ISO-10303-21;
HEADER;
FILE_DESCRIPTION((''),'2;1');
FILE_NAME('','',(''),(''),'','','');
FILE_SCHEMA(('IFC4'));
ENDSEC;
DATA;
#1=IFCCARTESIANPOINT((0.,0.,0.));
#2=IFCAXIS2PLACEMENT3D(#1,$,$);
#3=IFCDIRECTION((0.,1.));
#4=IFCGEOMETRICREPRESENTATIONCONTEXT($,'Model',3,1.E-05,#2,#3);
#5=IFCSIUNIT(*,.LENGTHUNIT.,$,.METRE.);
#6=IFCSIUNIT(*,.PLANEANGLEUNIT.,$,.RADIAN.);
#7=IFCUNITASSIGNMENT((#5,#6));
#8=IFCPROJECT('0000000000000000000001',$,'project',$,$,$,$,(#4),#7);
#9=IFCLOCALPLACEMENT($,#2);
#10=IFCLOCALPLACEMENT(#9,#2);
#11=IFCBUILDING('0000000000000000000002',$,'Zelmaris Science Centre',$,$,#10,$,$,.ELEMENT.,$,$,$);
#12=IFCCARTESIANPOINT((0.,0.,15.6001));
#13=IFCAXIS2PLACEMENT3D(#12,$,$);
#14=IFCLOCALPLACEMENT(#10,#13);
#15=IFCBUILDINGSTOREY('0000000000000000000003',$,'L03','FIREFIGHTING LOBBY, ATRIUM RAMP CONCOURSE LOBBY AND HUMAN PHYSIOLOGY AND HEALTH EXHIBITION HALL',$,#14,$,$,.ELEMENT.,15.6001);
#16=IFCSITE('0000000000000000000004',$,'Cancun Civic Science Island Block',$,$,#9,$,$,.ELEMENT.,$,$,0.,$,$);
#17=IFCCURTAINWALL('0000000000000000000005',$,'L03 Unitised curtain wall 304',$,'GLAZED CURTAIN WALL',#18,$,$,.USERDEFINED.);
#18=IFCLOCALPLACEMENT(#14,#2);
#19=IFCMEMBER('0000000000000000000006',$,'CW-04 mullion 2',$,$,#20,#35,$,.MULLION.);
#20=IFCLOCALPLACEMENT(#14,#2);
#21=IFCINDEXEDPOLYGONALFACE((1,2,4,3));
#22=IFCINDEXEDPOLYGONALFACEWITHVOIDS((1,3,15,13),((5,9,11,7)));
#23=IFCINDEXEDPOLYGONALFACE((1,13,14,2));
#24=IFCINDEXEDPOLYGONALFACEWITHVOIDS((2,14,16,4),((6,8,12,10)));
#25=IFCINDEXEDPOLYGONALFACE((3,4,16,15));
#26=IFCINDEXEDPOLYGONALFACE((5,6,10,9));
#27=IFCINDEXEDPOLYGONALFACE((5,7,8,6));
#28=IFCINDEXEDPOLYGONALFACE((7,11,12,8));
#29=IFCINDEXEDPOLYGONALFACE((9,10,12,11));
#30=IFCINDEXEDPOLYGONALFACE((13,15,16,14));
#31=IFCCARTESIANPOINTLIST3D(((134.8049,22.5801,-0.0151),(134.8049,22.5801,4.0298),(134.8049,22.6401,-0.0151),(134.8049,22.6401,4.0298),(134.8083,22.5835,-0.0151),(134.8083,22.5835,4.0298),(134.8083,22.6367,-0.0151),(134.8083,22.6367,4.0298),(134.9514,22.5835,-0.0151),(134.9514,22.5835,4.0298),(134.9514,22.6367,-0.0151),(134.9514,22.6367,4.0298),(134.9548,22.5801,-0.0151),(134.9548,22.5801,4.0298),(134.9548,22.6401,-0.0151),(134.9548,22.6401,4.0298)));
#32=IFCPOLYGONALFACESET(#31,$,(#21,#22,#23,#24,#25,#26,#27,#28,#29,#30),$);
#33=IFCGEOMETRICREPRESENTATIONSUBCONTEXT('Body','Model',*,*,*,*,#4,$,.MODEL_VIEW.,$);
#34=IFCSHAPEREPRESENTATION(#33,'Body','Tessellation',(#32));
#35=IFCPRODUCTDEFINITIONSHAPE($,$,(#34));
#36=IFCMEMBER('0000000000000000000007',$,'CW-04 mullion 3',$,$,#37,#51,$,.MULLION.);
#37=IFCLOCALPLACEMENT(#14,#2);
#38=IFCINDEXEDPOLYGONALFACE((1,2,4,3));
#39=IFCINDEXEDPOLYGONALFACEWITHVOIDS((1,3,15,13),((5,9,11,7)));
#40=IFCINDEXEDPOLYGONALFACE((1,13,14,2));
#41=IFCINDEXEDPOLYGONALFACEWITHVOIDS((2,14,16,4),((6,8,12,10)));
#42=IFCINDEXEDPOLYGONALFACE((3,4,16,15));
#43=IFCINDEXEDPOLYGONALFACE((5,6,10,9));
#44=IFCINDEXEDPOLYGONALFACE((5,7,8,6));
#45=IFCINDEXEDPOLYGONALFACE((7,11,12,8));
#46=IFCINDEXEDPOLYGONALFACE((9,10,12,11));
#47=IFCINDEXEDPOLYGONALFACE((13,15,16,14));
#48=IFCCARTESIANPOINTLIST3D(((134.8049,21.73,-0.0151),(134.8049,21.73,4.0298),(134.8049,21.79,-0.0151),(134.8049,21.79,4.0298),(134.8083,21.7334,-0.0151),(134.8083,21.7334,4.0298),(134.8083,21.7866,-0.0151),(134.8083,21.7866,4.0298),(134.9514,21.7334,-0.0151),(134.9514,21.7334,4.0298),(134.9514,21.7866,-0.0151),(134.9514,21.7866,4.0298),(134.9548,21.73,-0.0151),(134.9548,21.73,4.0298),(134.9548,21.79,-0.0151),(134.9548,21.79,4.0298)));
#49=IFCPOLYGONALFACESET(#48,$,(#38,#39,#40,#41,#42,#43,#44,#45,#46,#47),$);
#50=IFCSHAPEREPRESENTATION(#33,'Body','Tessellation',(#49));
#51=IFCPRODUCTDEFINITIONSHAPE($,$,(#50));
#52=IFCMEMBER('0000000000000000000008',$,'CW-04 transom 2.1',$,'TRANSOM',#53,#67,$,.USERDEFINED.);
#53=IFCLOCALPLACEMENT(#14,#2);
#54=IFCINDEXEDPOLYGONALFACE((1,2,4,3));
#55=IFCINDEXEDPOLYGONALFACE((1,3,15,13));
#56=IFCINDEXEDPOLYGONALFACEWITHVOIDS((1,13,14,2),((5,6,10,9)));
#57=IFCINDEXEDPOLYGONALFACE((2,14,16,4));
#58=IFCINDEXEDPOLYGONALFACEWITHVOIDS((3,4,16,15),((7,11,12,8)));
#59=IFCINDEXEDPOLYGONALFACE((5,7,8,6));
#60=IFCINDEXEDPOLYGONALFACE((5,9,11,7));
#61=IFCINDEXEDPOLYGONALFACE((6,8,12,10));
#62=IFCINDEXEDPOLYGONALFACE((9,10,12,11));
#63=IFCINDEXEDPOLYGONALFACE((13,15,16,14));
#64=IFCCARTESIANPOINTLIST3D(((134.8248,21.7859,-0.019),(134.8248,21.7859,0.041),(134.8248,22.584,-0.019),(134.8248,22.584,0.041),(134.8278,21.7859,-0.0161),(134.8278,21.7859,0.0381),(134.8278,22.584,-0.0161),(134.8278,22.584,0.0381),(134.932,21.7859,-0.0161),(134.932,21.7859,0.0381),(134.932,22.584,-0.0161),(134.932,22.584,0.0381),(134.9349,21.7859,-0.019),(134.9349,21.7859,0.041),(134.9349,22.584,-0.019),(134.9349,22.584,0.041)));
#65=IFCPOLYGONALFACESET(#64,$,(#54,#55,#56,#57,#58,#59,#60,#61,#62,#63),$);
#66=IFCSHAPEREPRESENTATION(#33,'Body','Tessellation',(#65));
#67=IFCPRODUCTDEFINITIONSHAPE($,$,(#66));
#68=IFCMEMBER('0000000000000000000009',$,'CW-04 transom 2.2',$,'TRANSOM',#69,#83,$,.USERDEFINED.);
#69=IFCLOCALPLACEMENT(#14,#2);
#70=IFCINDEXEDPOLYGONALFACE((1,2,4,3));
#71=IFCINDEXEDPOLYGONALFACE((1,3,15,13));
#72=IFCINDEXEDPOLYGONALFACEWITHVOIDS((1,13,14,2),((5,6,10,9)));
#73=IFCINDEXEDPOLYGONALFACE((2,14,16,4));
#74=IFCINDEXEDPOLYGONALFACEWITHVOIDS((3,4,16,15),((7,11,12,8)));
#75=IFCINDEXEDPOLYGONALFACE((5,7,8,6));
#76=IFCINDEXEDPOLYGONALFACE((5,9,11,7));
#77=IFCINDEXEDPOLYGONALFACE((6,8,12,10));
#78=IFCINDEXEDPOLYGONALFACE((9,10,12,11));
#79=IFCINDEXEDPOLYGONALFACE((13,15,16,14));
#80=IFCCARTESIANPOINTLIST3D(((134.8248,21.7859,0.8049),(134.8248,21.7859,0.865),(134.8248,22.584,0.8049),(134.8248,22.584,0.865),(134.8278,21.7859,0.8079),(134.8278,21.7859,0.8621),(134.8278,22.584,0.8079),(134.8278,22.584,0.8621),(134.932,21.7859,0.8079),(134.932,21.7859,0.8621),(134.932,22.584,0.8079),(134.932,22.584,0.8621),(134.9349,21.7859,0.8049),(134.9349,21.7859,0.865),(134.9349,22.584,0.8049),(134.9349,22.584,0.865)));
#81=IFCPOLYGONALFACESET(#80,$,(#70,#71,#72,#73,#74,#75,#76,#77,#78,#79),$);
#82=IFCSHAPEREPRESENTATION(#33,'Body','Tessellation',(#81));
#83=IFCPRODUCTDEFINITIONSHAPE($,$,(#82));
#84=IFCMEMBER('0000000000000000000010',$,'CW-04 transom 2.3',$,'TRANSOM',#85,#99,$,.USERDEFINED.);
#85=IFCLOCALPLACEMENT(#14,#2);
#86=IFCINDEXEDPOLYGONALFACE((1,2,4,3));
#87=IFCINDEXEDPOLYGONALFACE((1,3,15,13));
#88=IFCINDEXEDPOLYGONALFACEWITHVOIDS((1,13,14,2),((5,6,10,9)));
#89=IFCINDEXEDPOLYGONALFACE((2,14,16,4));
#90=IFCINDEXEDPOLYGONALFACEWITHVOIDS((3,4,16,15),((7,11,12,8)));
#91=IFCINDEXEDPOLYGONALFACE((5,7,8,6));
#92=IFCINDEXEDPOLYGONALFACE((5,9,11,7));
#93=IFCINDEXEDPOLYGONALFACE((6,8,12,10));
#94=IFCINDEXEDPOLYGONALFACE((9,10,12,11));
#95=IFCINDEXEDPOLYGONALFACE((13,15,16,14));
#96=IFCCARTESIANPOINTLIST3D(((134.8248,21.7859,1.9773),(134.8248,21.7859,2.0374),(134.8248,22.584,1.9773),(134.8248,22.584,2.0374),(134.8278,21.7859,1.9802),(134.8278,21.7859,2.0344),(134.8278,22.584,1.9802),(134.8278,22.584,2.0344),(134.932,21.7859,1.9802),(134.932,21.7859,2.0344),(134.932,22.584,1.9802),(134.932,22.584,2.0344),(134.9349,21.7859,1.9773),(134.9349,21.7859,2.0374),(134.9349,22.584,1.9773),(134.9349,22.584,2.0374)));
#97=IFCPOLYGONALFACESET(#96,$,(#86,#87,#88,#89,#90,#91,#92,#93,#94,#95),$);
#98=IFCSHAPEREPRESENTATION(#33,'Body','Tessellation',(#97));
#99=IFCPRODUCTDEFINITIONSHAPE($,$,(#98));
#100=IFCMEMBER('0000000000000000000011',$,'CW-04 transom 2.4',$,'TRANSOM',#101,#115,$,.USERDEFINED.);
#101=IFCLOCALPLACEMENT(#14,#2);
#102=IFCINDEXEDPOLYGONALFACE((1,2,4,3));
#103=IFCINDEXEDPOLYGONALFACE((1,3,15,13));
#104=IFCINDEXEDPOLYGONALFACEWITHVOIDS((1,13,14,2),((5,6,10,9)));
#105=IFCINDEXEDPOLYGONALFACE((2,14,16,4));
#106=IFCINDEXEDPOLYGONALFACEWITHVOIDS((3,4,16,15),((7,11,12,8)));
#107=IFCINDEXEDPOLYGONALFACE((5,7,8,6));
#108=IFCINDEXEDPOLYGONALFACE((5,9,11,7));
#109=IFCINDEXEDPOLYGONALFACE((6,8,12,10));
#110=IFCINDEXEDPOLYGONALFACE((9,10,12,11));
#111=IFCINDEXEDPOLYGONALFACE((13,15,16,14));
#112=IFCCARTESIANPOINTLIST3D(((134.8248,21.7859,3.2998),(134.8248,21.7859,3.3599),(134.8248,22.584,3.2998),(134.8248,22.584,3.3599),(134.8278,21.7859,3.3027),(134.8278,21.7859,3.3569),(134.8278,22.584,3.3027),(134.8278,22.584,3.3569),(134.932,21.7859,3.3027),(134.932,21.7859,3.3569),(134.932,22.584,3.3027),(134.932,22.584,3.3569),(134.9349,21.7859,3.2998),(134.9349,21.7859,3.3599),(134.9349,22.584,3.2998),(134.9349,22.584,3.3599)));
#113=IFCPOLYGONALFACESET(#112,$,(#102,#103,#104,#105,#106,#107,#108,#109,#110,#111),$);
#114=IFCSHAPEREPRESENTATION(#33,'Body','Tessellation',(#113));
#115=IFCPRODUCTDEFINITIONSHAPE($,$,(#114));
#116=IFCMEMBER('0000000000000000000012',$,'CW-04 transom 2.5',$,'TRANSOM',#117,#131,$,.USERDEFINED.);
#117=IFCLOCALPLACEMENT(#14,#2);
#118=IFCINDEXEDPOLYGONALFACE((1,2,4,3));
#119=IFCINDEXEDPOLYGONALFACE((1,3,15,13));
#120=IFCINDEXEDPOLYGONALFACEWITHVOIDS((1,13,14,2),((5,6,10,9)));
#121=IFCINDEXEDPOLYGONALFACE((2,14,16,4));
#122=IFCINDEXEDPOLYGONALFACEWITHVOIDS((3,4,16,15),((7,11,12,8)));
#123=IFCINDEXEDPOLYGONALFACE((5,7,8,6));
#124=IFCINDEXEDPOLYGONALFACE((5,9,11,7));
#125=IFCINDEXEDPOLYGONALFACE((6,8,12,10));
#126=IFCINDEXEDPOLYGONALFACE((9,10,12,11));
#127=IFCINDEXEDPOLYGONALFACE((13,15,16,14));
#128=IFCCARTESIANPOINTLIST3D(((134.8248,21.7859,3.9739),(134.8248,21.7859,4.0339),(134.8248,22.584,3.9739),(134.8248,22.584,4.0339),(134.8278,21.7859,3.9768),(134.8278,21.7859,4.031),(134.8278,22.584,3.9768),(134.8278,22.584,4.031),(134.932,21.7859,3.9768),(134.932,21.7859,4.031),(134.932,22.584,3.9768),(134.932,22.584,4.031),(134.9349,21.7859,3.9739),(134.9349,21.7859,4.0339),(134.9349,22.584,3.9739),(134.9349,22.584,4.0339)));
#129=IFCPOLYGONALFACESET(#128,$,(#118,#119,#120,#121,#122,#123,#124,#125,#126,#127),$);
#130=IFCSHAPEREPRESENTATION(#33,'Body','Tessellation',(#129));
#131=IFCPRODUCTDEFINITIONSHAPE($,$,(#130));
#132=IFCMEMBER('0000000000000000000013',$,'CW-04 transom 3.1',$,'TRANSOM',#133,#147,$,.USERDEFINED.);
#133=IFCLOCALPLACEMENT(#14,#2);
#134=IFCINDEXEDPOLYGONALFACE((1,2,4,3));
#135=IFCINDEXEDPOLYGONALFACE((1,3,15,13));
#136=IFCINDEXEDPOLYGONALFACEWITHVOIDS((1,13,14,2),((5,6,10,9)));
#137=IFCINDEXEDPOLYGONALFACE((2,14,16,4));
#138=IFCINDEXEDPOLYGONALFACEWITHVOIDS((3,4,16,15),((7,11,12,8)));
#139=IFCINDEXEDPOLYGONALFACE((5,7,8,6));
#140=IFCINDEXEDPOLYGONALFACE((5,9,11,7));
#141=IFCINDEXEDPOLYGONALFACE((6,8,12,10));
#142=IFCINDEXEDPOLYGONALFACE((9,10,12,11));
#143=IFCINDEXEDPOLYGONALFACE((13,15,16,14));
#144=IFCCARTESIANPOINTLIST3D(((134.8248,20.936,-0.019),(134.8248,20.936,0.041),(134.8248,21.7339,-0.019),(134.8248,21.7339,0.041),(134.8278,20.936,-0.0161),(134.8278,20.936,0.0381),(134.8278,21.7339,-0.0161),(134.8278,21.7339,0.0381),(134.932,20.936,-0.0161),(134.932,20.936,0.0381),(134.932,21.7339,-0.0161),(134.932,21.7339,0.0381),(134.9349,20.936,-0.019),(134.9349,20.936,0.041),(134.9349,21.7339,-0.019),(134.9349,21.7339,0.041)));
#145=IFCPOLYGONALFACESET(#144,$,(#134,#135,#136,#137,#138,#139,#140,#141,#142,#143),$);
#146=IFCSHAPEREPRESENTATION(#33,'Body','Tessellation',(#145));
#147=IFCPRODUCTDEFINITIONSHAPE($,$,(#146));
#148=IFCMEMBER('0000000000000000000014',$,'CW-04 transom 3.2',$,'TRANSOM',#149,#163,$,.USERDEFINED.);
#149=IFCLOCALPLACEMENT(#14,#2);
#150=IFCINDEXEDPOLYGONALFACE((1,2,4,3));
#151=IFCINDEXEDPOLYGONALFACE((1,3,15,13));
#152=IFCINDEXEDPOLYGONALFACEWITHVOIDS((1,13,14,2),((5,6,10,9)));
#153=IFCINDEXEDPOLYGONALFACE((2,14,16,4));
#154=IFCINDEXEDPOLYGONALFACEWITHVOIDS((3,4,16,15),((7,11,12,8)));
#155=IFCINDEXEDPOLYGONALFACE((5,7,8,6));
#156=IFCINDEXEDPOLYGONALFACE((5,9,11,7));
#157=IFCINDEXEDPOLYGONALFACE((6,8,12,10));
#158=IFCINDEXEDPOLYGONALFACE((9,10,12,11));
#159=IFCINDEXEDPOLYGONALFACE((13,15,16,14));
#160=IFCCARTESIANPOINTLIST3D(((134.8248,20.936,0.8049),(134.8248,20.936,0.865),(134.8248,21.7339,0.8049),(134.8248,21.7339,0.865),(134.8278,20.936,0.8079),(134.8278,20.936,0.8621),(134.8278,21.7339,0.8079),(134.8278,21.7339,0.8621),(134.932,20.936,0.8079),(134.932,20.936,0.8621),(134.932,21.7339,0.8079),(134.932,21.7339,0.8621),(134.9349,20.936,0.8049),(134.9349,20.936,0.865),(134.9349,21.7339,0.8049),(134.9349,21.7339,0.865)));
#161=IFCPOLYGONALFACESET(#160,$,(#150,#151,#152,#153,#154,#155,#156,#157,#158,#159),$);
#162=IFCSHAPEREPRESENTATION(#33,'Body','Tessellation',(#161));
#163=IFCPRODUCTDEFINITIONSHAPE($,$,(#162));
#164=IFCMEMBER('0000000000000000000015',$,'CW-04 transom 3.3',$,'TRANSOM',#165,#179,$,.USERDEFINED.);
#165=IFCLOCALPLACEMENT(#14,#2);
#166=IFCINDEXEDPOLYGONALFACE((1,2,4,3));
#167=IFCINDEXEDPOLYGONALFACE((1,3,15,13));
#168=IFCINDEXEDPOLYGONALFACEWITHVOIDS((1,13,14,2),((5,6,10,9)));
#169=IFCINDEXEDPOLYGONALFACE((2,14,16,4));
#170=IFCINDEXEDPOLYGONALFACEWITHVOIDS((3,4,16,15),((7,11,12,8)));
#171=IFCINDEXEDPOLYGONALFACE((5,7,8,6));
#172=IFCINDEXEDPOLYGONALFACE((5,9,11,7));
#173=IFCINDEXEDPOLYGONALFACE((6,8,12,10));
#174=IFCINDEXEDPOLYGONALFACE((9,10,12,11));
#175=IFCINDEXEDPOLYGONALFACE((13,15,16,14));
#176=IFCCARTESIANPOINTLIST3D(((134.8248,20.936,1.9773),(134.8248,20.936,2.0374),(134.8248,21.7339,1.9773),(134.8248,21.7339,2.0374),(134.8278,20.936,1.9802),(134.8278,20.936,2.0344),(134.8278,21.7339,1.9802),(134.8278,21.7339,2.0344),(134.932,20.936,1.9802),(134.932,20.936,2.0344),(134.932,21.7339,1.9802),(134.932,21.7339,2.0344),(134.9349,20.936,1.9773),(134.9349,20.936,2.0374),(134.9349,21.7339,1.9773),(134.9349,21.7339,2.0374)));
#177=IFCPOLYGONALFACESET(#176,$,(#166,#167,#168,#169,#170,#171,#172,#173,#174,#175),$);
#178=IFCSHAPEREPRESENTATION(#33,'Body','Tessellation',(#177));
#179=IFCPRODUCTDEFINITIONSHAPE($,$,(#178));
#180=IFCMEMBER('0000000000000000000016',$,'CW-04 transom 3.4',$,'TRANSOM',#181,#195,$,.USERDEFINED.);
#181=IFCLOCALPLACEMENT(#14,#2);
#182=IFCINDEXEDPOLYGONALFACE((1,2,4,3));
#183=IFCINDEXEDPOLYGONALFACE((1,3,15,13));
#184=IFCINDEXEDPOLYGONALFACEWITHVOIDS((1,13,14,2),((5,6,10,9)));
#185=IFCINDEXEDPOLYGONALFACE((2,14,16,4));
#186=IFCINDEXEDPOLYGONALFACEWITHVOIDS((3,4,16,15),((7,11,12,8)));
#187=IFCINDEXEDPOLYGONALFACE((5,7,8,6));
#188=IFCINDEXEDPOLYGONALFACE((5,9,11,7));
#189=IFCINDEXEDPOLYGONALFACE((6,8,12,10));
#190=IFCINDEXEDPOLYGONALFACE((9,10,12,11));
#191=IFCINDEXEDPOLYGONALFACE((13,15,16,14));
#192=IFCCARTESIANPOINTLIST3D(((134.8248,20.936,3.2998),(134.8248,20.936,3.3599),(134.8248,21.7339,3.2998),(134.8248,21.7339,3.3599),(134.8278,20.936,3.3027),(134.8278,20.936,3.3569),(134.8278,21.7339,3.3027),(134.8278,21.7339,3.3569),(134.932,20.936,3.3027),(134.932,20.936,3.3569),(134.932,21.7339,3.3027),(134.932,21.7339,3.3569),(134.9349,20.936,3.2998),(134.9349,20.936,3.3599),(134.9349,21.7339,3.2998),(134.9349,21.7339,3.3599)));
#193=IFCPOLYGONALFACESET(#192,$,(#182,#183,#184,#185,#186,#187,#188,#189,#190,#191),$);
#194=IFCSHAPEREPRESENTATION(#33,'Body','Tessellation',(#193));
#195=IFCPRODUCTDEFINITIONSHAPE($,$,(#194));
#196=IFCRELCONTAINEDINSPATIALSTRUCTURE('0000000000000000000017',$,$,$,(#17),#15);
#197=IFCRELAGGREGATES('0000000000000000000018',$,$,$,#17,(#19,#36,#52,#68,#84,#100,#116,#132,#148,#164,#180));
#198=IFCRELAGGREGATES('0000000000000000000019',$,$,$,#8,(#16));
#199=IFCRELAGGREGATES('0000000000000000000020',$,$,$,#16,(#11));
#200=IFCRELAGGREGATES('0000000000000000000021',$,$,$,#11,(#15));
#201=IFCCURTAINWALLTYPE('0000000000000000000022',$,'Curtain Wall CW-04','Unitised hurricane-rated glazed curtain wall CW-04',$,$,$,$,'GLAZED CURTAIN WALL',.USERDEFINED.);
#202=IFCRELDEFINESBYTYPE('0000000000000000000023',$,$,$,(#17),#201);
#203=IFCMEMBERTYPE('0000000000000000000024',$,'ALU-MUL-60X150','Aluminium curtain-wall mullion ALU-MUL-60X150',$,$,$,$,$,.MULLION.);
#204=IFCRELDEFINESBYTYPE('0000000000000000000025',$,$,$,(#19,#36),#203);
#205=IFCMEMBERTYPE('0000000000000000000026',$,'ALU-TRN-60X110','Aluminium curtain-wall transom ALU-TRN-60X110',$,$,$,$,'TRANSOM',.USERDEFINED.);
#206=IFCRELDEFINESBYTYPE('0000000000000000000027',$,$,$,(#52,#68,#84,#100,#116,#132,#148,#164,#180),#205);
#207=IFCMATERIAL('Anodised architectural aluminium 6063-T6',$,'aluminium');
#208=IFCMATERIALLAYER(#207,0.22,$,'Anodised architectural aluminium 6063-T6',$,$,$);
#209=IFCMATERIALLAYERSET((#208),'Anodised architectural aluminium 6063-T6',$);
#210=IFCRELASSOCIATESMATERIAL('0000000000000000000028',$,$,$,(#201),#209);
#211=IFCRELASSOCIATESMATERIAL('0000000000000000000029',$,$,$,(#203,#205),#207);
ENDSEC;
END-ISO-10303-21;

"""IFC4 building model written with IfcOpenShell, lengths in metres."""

from ifc_helpers import new_model, si_unit, direction, frame, origin, origin_2d, place, context, subcontext, project, spatial, hollow_rectangle, extrude, material, layer, layer_set, material_profile, profile_set, type_object, element, aggregate, save


model = new_model("IFC4")

# Units and contexts
model_context = context("Model", 3, precision=1e-05, world=origin(), true_north=direction((0.0, 1.0)))
body_context = subcontext(model_context, "Body", "Model", "MODEL_VIEW")
ifc_project = project(units=[si_unit("LENGTHUNIT", "METRE"), si_unit("PLANEANGLEUNIT", "RADIAN")], contexts=[model_context])

# Site, building, storey
site_placement = place(None, origin())
site = spatial("IfcSite", under=ifc_project, at=site_placement, Name="Cancun Civic Science Island Block", CompositionType="ELEMENT", RefElevation=0.0)
building_placement = place(site_placement, origin())
building = spatial("IfcBuilding", under=site, at=building_placement, Name="Zelmaris Science Centre", CompositionType="ELEMENT")
storey_placement = place(building_placement, frame((0.0, 0.0, 15.6001)))
storey = spatial("IfcBuildingStorey", under=building, at=storey_placement, Name="L03", Description="FIREFIGHTING LOBBY, ATRIUM RAMP CONCOURSE LOBBY AND HUMAN PHYSIOLOGY AND HEALTH EXHIBITION HALL", CompositionType="ELEMENT", Elevation=15.6001)

# Curtain wall, members
ifc_material_1 = material(Name="Anodised architectural aluminium 6063-T6", Category="aluminium")
ifc_layer_1 = layer(ifc_material_1, 0.22, Name="Anodised architectural aluminium 6063-T6")
ifc_layer_set_1 = layer_set([ifc_layer_1], Name="Anodised architectural aluminium 6063-T6")
curtain_wall_type = type_object("IfcCurtainWallType", Name="Curtain Wall CW-04", Description="Unitised hurricane-rated glazed curtain wall CW-04", ElementType="GLAZED CURTAIN WALL", PredefinedType="USERDEFINED", material=ifc_layer_set_1)
curtain_wall_placement = place(storey_placement, origin())
curtain_wall = element("IfcCurtainWall", 1, at=curtain_wall_placement, inside=storey, type_object=curtain_wall_type, Name="L03 Unitised curtain wall 304", ObjectType="GLAZED CURTAIN WALL", PredefinedType="USERDEFINED")
ifc_material_profile_1 = material_profile(ifc_material_1, hollow_rectangle(XDim=0.0601, YDim=0.1499, WallThickness=0.0034, at=origin_2d()), Name="ALU-MUL-60X150")
ifc_profile_set_1 = profile_set([ifc_material_profile_1], Name="Anodised architectural aluminium 6063-T6")
member_type_1 = type_object("IfcMemberType", Name="ALU-MUL-60X150", Description="Aluminium curtain-wall mullion ALU-MUL-60X150", PredefinedType="MULLION", material=ifc_profile_set_1)
member_1_placement = place(storey_placement, frame((134.8799, 22.6101, -0.0151), z_axis=(0.0, 0.0, 1.0), x_axis=(0.0, -1.0, 0.0)))
member_1 = element("IfcMember", 2, at=member_1_placement, type_object=member_type_1, Name="CW-04 mullion 2", PredefinedType="MULLION", context=body_context, shape_type="SweptSolid", body=[
    extrude(hollow_rectangle(XDim=0.0601, YDim=0.1499, WallThickness=0.0034, at=origin_2d()), origin(), (0.0, 0.0, 1.0), 4.0449),
])
member_2_placement = place(storey_placement, frame((134.8799, 21.76, -0.0151), z_axis=(0.0, 0.0, 1.0), x_axis=(0.0, -1.0, 0.0)))
member_2 = element("IfcMember", 3, at=member_2_placement, type_object=member_type_1, Name="CW-04 mullion 3", PredefinedType="MULLION", context=body_context, shape_type="SweptSolid", body=[
    extrude(hollow_rectangle(XDim=0.0601, YDim=0.1499, WallThickness=0.0034, at=origin_2d()), origin(), (0.0, 0.0, 1.0), 4.0449),
])
ifc_material_profile_2 = material_profile(ifc_material_1, hollow_rectangle(XDim=0.0601, YDim=0.1101, WallThickness=0.0029, at=origin_2d()), Name="ALU-TRN-60X110")
ifc_profile_set_2 = profile_set([ifc_material_profile_2], Name="Anodised architectural aluminium 6063-T6")
member_type_2 = type_object("IfcMemberType", Name="ALU-TRN-60X110", Description="Aluminium curtain-wall transom ALU-TRN-60X110", ElementType="TRANSOM", PredefinedType="USERDEFINED", material=ifc_profile_set_2)
member_3_placement = place(storey_placement, frame((134.8799, 22.584, 0.011), z_axis=(0.0, -1.0, 0.0), x_axis=(0.0, 0.0, 1.0)))
member_3 = element("IfcMember", 4, at=member_3_placement, type_object=member_type_2, Name="CW-04 transom 2.1", ObjectType="TRANSOM", PredefinedType="USERDEFINED", context=body_context, shape_type="SweptSolid", body=[
    extrude(hollow_rectangle(XDim=0.0601, YDim=0.1101, WallThickness=0.0029, at=origin_2d()), origin(), (0.0, 0.0, 1.0), 0.7981),
])
member_4_placement = place(storey_placement, frame((134.8799, 22.584, 0.835), z_axis=(0.0, -1.0, 0.0), x_axis=(0.0, 0.0, 1.0)))
member_4 = element("IfcMember", 5, at=member_4_placement, type_object=member_type_2, Name="CW-04 transom 2.2", ObjectType="TRANSOM", PredefinedType="USERDEFINED", context=body_context, shape_type="SweptSolid", body=[
    extrude(hollow_rectangle(XDim=0.0601, YDim=0.1101, WallThickness=0.0029, at=origin_2d()), origin(), (0.0, 0.0, 1.0), 0.7981),
])
member_5_placement = place(storey_placement, frame((134.8799, 22.584, 2.0073), z_axis=(0.0, -1.0, 0.0), x_axis=(0.0, 0.0, 1.0)))
member_5 = element("IfcMember", 6, at=member_5_placement, type_object=member_type_2, Name="CW-04 transom 2.3", ObjectType="TRANSOM", PredefinedType="USERDEFINED", context=body_context, shape_type="SweptSolid", body=[
    extrude(hollow_rectangle(XDim=0.0601, YDim=0.1101, WallThickness=0.0029, at=origin_2d()), origin(), (0.0, 0.0, 1.0), 0.7981),
])
member_6_placement = place(storey_placement, frame((134.8799, 22.584, 3.3298), z_axis=(0.0, -1.0, 0.0), x_axis=(0.0, 0.0, 1.0)))
member_6 = element("IfcMember", 7, at=member_6_placement, type_object=member_type_2, Name="CW-04 transom 2.4", ObjectType="TRANSOM", PredefinedType="USERDEFINED", context=body_context, shape_type="SweptSolid", body=[
    extrude(hollow_rectangle(XDim=0.0601, YDim=0.1101, WallThickness=0.0029, at=origin_2d()), origin(), (0.0, 0.0, 1.0), 0.7981),
])
member_7_placement = place(storey_placement, frame((134.8799, 22.584, 4.0039), z_axis=(0.0, -1.0, 0.0), x_axis=(0.0, 0.0, 1.0)))
member_7 = element("IfcMember", 8, at=member_7_placement, type_object=member_type_2, Name="CW-04 transom 2.5", ObjectType="TRANSOM", PredefinedType="USERDEFINED", context=body_context, shape_type="SweptSolid", body=[
    extrude(hollow_rectangle(XDim=0.0601, YDim=0.1101, WallThickness=0.0029, at=origin_2d()), origin(), (0.0, 0.0, 1.0), 0.7981),
])
member_8_placement = place(storey_placement, frame((134.8799, 21.7339, 0.011), z_axis=(0.0, -1.0, 0.0), x_axis=(0.0, 0.0, 1.0)))
member_8 = element("IfcMember", 9, at=member_8_placement, type_object=member_type_2, Name="CW-04 transom 3.1", ObjectType="TRANSOM", PredefinedType="USERDEFINED", context=body_context, shape_type="SweptSolid", body=[
    extrude(hollow_rectangle(XDim=0.0601, YDim=0.1101, WallThickness=0.0029, at=origin_2d()), origin(), (0.0, 0.0, 1.0), 0.7979),
])
member_9_placement = place(storey_placement, frame((134.8799, 21.7339, 0.835), z_axis=(0.0, -1.0, 0.0), x_axis=(0.0, 0.0, 1.0)))
member_9 = element("IfcMember", 10, at=member_9_placement, type_object=member_type_2, Name="CW-04 transom 3.2", ObjectType="TRANSOM", PredefinedType="USERDEFINED", context=body_context, shape_type="SweptSolid", body=[
    extrude(hollow_rectangle(XDim=0.0601, YDim=0.1101, WallThickness=0.0029, at=origin_2d()), origin(), (0.0, 0.0, 1.0), 0.7979),
])
member_10_placement = place(storey_placement, frame((134.8799, 21.7339, 2.0073), z_axis=(0.0, -1.0, 0.0), x_axis=(0.0, 0.0, 1.0)))
member_10 = element("IfcMember", 11, at=member_10_placement, type_object=member_type_2, Name="CW-04 transom 3.3", ObjectType="TRANSOM", PredefinedType="USERDEFINED", context=body_context, shape_type="SweptSolid", body=[
    extrude(hollow_rectangle(XDim=0.0601, YDim=0.1101, WallThickness=0.0029, at=origin_2d()), origin(), (0.0, 0.0, 1.0), 0.7979),
])
member_11_placement = place(storey_placement, frame((134.8799, 21.7339, 3.3298), z_axis=(0.0, -1.0, 0.0), x_axis=(0.0, 0.0, 1.0)))
member_11 = element("IfcMember", 12, at=member_11_placement, type_object=member_type_2, Name="CW-04 transom 3.4", ObjectType="TRANSOM", PredefinedType="USERDEFINED", context=body_context, shape_type="SweptSolid", body=[
    extrude(hollow_rectangle(XDim=0.0601, YDim=0.1101, WallThickness=0.0029, at=origin_2d()), origin(), (0.0, 0.0, 1.0), 0.7979),
])

aggregate(curtain_wall, [member_1, member_2, member_3, member_4, member_5, member_6, member_7, member_8, member_9, member_10, member_11])

save(model, "model.ifc")
